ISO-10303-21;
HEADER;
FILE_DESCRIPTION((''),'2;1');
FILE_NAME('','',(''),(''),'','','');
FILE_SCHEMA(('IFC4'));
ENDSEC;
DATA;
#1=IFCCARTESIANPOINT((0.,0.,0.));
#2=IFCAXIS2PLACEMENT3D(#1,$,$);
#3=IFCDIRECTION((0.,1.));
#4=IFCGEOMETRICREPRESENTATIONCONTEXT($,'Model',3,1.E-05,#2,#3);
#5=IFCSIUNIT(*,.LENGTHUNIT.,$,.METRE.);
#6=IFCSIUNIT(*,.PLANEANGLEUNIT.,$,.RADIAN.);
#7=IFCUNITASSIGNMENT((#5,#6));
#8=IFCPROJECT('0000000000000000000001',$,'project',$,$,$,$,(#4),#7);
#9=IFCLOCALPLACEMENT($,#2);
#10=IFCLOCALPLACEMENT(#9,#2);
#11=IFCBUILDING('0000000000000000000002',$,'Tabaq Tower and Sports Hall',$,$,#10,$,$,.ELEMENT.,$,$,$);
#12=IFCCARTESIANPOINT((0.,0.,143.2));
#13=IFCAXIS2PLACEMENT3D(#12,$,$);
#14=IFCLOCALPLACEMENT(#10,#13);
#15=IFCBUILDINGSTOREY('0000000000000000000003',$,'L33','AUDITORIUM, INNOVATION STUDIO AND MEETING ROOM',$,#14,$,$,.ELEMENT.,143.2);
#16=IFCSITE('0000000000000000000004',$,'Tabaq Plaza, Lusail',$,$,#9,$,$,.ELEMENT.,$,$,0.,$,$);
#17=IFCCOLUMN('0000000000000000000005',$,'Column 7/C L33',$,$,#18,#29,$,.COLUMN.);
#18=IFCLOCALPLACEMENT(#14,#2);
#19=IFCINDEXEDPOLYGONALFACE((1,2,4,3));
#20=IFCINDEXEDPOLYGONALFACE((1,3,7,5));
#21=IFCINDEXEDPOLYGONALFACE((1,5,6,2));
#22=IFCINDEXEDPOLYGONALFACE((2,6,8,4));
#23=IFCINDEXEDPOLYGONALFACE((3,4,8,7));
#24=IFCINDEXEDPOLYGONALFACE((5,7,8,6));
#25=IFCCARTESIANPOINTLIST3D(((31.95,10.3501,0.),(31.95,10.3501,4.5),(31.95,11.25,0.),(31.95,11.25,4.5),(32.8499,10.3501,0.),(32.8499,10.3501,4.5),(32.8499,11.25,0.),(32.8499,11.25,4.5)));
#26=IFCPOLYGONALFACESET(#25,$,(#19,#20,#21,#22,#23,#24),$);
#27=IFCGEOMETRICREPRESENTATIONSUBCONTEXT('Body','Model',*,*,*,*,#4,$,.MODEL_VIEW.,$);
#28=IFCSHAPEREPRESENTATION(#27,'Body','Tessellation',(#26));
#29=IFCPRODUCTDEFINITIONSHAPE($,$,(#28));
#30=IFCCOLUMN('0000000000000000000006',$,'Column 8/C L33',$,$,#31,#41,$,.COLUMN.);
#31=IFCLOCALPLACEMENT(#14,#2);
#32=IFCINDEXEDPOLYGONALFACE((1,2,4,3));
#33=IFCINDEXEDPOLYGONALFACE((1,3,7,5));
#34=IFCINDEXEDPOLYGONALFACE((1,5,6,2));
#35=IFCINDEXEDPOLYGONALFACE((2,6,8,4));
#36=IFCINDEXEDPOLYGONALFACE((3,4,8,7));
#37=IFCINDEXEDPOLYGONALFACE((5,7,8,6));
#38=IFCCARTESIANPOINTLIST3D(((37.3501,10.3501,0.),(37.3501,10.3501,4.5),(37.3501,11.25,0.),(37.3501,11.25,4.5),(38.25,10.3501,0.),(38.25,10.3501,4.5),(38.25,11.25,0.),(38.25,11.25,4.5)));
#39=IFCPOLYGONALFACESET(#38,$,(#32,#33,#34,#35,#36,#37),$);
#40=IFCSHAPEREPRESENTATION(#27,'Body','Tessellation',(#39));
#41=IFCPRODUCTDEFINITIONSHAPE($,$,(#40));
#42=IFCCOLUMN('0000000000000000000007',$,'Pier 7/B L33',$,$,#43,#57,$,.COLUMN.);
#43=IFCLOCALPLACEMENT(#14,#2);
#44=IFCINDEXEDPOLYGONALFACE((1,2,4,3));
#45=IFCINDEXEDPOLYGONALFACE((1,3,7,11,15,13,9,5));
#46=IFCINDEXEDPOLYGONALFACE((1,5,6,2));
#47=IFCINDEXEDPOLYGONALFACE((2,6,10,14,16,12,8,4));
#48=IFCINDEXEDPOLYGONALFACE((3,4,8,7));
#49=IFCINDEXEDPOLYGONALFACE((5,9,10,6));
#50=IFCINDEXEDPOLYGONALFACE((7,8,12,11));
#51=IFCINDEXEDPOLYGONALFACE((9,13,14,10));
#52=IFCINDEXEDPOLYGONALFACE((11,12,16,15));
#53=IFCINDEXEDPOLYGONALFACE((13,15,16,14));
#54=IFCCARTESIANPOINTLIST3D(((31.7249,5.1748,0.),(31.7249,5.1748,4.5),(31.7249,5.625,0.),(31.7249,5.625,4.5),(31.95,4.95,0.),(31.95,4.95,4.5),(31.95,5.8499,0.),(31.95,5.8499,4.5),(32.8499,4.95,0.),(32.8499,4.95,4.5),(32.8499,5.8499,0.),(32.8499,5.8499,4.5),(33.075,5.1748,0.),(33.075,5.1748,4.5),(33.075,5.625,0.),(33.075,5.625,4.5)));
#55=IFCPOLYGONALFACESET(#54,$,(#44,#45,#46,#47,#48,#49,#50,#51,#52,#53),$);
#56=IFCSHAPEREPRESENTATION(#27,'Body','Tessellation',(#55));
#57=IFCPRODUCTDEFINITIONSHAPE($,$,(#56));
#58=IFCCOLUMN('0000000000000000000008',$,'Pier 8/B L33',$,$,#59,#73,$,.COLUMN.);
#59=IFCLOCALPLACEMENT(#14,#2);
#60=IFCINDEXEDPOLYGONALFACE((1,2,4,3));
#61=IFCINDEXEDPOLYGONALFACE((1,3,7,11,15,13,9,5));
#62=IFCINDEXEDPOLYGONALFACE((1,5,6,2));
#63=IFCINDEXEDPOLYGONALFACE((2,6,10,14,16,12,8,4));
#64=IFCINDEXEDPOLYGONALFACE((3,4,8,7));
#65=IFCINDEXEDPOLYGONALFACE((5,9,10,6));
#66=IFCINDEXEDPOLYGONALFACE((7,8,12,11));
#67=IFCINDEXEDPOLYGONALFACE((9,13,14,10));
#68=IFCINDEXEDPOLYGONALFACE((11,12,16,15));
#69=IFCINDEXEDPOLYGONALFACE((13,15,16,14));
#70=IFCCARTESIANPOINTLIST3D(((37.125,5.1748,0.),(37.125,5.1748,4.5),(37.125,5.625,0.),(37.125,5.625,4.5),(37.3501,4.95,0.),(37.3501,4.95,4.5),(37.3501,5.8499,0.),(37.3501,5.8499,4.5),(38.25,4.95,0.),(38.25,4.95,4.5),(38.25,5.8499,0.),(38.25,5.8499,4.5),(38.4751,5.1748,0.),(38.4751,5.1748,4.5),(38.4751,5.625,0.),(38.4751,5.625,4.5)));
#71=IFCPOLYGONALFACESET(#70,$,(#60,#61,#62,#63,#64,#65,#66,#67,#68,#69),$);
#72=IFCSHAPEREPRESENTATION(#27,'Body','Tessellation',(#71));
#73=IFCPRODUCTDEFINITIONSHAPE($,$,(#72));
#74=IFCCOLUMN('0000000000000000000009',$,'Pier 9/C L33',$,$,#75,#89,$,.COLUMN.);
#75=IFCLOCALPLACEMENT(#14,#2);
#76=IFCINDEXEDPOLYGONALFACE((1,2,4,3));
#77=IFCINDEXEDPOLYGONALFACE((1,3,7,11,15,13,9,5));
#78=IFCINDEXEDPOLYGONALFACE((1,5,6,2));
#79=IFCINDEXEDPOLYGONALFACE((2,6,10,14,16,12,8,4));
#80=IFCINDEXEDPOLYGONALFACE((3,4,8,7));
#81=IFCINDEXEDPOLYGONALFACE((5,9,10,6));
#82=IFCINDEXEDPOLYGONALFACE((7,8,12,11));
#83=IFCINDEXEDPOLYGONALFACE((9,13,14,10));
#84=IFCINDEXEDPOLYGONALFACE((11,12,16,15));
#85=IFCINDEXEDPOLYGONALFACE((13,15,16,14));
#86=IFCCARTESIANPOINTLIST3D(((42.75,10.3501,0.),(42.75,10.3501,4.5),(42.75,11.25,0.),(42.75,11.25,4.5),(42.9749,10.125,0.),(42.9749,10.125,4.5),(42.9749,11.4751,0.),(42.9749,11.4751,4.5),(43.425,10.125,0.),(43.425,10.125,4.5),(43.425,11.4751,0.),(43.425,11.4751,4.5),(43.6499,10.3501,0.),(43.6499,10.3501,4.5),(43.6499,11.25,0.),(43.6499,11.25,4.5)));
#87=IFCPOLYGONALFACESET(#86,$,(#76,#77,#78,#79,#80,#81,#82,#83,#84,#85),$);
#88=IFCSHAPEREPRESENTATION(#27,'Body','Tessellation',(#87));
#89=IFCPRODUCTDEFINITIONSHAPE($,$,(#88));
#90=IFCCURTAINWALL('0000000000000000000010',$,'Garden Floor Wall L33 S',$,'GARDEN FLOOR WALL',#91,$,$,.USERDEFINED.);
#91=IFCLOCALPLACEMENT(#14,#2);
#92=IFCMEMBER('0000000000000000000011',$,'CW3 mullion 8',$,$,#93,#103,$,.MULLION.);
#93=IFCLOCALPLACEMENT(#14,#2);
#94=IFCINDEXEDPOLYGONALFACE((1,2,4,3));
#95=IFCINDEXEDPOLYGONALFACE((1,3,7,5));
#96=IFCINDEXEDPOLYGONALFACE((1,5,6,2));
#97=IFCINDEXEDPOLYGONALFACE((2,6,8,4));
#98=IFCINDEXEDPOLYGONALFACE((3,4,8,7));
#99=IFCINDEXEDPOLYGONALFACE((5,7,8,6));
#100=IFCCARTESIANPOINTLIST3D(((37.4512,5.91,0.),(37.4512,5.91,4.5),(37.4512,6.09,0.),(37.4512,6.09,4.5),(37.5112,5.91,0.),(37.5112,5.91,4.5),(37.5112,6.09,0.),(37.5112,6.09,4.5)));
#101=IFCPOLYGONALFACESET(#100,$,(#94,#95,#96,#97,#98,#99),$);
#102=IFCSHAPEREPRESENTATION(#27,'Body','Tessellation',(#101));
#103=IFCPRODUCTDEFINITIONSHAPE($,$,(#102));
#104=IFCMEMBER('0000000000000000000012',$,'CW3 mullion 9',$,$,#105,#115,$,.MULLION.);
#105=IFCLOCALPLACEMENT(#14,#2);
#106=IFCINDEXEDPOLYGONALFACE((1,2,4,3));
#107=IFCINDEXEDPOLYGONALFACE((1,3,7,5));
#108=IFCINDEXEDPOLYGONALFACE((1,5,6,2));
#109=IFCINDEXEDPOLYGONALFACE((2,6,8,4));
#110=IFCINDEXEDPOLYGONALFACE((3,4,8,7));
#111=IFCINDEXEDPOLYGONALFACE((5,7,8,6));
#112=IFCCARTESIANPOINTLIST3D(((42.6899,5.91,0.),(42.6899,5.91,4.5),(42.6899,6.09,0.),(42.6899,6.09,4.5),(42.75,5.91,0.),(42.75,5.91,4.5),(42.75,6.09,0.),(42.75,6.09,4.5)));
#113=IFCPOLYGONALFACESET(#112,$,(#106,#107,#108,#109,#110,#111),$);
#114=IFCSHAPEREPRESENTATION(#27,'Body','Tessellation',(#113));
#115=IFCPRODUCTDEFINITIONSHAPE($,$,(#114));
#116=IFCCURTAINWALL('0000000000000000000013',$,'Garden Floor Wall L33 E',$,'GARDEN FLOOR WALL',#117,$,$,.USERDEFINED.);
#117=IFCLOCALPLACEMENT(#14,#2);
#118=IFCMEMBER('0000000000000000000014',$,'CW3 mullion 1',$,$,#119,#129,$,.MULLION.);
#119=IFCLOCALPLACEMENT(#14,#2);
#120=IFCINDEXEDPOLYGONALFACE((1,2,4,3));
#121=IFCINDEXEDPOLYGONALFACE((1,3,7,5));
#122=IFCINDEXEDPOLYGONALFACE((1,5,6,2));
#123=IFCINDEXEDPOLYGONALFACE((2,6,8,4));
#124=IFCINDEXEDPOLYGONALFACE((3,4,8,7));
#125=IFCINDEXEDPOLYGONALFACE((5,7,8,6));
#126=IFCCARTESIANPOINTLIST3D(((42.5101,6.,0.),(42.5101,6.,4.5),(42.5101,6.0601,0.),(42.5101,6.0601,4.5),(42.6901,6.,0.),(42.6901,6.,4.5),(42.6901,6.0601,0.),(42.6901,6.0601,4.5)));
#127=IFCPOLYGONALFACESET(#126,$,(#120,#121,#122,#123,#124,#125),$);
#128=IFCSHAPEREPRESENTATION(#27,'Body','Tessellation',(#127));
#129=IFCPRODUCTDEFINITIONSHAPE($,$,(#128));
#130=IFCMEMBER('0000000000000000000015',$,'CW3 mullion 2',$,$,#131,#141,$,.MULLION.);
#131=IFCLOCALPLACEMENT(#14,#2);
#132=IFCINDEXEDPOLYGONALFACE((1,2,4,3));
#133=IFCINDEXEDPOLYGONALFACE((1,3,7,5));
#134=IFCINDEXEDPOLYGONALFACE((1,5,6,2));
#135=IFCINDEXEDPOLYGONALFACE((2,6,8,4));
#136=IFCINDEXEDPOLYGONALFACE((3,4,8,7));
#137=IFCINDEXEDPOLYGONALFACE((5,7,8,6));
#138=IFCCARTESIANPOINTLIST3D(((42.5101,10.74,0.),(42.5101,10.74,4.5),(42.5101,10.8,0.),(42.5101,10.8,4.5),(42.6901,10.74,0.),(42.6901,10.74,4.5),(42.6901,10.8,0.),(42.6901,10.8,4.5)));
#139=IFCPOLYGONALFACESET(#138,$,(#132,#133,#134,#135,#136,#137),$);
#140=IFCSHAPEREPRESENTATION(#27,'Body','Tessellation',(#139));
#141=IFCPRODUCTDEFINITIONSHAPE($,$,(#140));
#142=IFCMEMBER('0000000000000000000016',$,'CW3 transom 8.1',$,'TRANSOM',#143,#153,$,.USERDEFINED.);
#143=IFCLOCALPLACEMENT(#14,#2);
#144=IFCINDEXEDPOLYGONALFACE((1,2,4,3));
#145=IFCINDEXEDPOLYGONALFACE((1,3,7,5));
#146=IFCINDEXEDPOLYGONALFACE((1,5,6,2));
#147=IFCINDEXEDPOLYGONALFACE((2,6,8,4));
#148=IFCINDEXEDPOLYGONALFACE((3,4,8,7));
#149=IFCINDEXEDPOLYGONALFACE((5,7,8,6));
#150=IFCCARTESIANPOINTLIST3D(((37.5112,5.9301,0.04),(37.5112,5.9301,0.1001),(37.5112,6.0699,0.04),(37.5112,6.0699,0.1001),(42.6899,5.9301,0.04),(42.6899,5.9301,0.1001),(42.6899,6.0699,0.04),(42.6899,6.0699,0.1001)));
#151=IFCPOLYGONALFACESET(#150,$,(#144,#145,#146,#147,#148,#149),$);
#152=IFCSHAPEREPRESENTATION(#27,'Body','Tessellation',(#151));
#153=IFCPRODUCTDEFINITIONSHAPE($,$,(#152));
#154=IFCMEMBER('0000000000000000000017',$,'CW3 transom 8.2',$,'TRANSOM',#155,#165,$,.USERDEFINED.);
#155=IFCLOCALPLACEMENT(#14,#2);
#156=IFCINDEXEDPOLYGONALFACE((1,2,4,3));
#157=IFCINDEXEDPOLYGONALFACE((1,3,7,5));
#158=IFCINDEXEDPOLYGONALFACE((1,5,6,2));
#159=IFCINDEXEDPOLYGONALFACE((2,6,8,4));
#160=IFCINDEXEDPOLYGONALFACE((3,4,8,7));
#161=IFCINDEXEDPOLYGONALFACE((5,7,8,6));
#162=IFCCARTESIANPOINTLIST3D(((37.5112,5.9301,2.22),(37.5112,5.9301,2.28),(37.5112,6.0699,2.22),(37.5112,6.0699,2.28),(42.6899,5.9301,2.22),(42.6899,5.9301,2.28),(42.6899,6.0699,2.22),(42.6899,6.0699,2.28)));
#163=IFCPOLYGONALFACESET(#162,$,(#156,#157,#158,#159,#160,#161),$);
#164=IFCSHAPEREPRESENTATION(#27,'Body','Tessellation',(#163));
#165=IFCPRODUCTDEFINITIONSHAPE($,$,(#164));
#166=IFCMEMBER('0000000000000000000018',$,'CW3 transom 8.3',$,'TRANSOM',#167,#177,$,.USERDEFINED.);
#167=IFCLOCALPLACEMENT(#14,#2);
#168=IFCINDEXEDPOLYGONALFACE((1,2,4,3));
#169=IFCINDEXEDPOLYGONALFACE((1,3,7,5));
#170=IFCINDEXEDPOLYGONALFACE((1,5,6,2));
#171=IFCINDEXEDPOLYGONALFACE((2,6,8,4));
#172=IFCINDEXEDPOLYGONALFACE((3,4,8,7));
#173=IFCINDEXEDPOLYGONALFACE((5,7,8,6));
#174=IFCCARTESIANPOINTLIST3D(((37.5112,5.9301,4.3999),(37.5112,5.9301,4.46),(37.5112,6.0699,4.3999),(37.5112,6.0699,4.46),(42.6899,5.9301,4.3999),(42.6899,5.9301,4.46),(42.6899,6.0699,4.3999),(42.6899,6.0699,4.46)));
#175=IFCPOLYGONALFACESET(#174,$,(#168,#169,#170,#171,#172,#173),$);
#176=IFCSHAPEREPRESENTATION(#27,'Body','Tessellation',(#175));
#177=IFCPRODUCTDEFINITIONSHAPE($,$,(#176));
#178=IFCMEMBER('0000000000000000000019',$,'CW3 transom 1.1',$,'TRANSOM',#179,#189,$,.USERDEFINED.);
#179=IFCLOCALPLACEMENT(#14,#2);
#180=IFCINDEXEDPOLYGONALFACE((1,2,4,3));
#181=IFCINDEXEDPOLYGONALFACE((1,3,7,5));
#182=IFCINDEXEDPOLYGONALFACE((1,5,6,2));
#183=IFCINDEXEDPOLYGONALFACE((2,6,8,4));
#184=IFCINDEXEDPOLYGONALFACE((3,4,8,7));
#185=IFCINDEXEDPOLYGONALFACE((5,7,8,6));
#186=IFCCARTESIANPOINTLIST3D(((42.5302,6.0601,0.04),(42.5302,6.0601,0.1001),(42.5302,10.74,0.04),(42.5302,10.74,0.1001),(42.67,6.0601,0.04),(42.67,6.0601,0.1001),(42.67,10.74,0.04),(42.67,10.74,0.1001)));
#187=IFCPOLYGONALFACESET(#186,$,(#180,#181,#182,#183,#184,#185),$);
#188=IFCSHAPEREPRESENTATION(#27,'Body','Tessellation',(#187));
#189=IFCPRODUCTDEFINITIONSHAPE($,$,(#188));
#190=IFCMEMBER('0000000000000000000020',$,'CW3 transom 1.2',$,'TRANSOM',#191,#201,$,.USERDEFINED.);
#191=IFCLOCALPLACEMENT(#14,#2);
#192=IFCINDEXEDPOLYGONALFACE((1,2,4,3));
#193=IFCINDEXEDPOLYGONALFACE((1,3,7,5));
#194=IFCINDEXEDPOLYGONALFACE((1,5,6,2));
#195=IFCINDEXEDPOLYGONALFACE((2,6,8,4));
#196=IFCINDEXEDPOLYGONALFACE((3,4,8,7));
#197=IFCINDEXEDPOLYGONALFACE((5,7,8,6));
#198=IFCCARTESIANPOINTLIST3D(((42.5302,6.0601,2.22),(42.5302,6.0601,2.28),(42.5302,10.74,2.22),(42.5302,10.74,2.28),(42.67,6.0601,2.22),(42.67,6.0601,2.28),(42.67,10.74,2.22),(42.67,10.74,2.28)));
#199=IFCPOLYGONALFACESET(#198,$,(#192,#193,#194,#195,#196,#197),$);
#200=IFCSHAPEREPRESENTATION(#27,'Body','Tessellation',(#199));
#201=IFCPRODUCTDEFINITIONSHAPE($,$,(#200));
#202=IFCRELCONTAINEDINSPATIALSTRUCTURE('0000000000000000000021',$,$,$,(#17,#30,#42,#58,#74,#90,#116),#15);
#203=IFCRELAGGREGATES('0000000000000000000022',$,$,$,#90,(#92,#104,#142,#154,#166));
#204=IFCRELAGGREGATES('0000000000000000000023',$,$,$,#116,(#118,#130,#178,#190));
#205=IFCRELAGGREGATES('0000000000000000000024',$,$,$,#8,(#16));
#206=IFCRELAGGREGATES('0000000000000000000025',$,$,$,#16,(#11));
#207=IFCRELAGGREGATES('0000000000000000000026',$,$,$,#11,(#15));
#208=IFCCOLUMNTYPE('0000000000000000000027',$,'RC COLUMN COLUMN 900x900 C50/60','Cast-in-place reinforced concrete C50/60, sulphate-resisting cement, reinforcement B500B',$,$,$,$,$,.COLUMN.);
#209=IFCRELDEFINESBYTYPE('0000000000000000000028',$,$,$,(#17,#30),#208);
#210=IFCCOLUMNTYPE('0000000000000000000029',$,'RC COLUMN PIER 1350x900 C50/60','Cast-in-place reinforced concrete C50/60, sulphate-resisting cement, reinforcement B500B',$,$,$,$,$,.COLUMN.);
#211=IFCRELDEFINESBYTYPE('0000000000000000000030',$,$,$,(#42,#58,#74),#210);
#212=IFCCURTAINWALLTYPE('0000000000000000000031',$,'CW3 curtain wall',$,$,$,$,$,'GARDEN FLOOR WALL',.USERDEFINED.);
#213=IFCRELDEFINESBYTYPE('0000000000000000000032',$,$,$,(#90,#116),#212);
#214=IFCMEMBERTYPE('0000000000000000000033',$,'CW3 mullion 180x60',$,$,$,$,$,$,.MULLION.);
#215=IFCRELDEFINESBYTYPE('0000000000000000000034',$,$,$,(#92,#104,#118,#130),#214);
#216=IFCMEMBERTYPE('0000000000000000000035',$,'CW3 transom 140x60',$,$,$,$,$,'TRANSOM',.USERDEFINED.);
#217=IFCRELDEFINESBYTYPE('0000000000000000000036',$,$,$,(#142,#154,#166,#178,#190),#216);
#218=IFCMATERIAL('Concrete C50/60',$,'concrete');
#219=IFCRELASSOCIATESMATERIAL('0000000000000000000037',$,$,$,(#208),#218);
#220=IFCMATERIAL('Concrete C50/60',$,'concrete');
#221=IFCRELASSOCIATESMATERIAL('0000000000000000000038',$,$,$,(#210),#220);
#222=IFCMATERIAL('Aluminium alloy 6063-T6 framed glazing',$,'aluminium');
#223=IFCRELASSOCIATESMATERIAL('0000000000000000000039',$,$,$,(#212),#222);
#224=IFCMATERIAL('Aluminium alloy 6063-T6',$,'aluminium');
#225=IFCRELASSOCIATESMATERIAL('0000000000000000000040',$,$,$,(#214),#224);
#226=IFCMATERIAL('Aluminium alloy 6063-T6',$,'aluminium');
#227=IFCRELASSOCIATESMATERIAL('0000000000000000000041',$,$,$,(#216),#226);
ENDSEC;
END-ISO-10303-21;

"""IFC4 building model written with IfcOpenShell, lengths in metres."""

from ifc_helpers import new_model, si_unit, direction, frame, origin, origin_2d, place, context, subcontext, project, spatial, polyline, rectangle, outline, extrude, material, material_profile, profile_set, type_object, element, aggregate, save


model = new_model("IFC4")

# Units and contexts
model_context = context("Model", 3, precision=1e-05, world=origin(), true_north=direction((0.0, 1.0)))
body_context = subcontext(model_context, "Body", "Model", "MODEL_VIEW")
ifc_project = project(units=[si_unit("LENGTHUNIT", "METRE"), si_unit("PLANEANGLEUNIT", "RADIAN")], contexts=[model_context])

# Site, building, storey
site_placement = place(None, origin())
site = spatial("IfcSite", under=ifc_project, at=site_placement, Name="Tabaq Plaza, Lusail", CompositionType="ELEMENT", RefElevation=0.0)
building_placement = place(site_placement, origin())
building = spatial("IfcBuilding", under=site, at=building_placement, Name="Tabaq Tower and Sports Hall", CompositionType="ELEMENT")
storey_placement = place(building_placement, frame((0.0, 0.0, 143.2)))
storey = spatial("IfcBuildingStorey", under=building, at=storey_placement, Name="L33", Description="AUDITORIUM, INNOVATION STUDIO AND MEETING ROOM", CompositionType="ELEMENT", Elevation=143.2)

# Columns
ifc_material_1 = material(Name="Concrete C50/60", Category="concrete")
ifc_material_profile_1 = material_profile(ifc_material_1, rectangle(XDim=0.8999, YDim=0.8999, at=origin_2d()), Name="COLUMN 900x900")
ifc_profile_set_1 = profile_set([ifc_material_profile_1], Name="Concrete C50/60")
column_type_1 = type_object("IfcColumnType", Name="RC COLUMN COLUMN 900x900 C50/60", Description="Cast-in-place reinforced concrete C50/60, sulphate-resisting cement, reinforcement B500B", PredefinedType="COLUMN", material=ifc_profile_set_1)
for number, where, z_axis, x_axis, name in (
    (1, (32.3999, 10.8, 0.0), (0.0, 0.0, 1.0), (1.0, 0.0, 0.0), "Column 7/C L33"),
    (2, (37.8, 10.8, 0.0), (0.0, 0.0, 1.0), (1.0, 0.0, 0.0), "Column 8/C L33"),
):
    element("IfcColumn", number, at=place(storey_placement, frame(where, z_axis=z_axis, x_axis=x_axis)), inside=storey, type_object=column_type_1, Name=name, PredefinedType="COLUMN", context=body_context, shape_type="SweptSolid", body=[
        extrude(rectangle(XDim=0.8999, YDim=0.8999, at=origin_2d()), origin(), (0.0, 0.0, 1.0), 4.5),
    ])
ifc_material_2 = material(Name="Concrete C50/60", Category="concrete")
ifc_material_profile_2 = material_profile(ifc_material_2, outline(polyline([(-0.45, -0.45), (0.45, -0.45), (0.675, -0.2251), (0.675, 0.2251), (0.45, 0.45), (-0.45, 0.45), (-0.675, 0.2251), (-0.675, -0.2251), (-0.45, -0.45)])), Name="PIER 1350x900")
ifc_profile_set_2 = profile_set([ifc_material_profile_2], Name="Concrete C50/60")
column_type_2 = type_object("IfcColumnType", Name="RC COLUMN PIER 1350x900 C50/60", Description="Cast-in-place reinforced concrete C50/60, sulphate-resisting cement, reinforcement B500B", PredefinedType="COLUMN", material=ifc_profile_set_2)
for number, where, z_axis, x_axis, name in (
    (3, (32.3999, 5.3999, 0.0), (0.0, 0.0, 1.0), (1.0, 0.0, 0.0), "Pier 7/B L33"),
    (4, (37.8, 5.3999, 0.0), (0.0, 0.0, 1.0), (1.0, 0.0, 0.0), "Pier 8/B L33"),
    (5, (43.2, 10.8, 0.0), (0.0, 0.0, 1.0), (0.0, 1.0, 0.0), "Pier 9/C L33"),
):
    element("IfcColumn", number, at=place(storey_placement, frame(where, z_axis=z_axis, x_axis=x_axis)), inside=storey, type_object=column_type_2, Name=name, PredefinedType="COLUMN", context=body_context, shape_type="SweptSolid", body=[
        extrude(outline(polyline([(-0.45, -0.45), (0.45, -0.45), (0.675, -0.2251), (0.675, 0.2251), (0.45, 0.45), (-0.45, 0.45), (-0.675, 0.2251), (-0.675, -0.2251), (-0.45, -0.45)])), origin(), (0.0, 0.0, 1.0), 4.5),
    ])

# Curtain walls, members
ifc_material_3 = material(Name="Aluminium alloy 6063-T6 framed glazing", Category="aluminium")
curtain_wall_type = type_object("IfcCurtainWallType", Name="CW3 curtain wall", ElementType="GARDEN FLOOR WALL", PredefinedType="USERDEFINED", material=ifc_material_3)
curtain_wall_1_placement = place(storey_placement, origin())
curtain_wall_1 = element("IfcCurtainWall", 6, at=curtain_wall_1_placement, inside=storey, type_object=curtain_wall_type, Name="Garden Floor Wall L33 S", ObjectType="GARDEN FLOOR WALL", PredefinedType="USERDEFINED")
ifc_material_4 = material(Name="Aluminium alloy 6063-T6", Category="aluminium")
ifc_material_profile_3 = material_profile(ifc_material_4, rectangle(XDim=0.1799, YDim=0.0601, at=origin_2d()), Name="MULLION 180x60")
ifc_profile_set_3 = profile_set([ifc_material_profile_3], Name="Aluminium alloy 6063-T6")
member_type_1 = type_object("IfcMemberType", Name="CW3 mullion 180x60", PredefinedType="MULLION", material=ifc_profile_set_3)
member_1_placement = place(storey_placement, frame((37.4812, 6.0, 0.0), z_axis=(0.0, 0.0, 1.0), x_axis=(0.0, 1.0, 0.0)))
member_1 = element("IfcMember", 7, at=member_1_placement, type_object=member_type_1, Name="CW3 mullion 8", PredefinedType="MULLION", context=body_context, shape_type="SweptSolid", body=[
    extrude(rectangle(XDim=0.1799, YDim=0.0601, at=origin_2d()), origin(), (0.0, 0.0, 1.0), 4.5),
])
member_2_placement = place(storey_placement, frame((42.72, 6.0, 0.0), z_axis=(0.0, 0.0, 1.0), x_axis=(0.0, 1.0, 0.0)))
member_2 = element("IfcMember", 8, at=member_2_placement, type_object=member_type_1, Name="CW3 mullion 9", PredefinedType="MULLION", context=body_context, shape_type="SweptSolid", body=[
    extrude(rectangle(XDim=0.1799, YDim=0.0601, at=origin_2d()), origin(), (0.0, 0.0, 1.0), 4.5),
])
curtain_wall_2_placement = place(storey_placement, origin())
curtain_wall_2 = element("IfcCurtainWall", 9, at=curtain_wall_2_placement, inside=storey, type_object=curtain_wall_type, Name="Garden Floor Wall L33 E", ObjectType="GARDEN FLOOR WALL", PredefinedType="USERDEFINED")
member_3_placement = place(storey_placement, frame((42.6001, 6.03, 0.0), z_axis=(0.0, 0.0, 1.0), x_axis=(-1.0, 0.0, 0.0)))
member_3 = element("IfcMember", 10, at=member_3_placement, type_object=member_type_1, Name="CW3 mullion 1", PredefinedType="MULLION", context=body_context, shape_type="SweptSolid", body=[
    extrude(rectangle(XDim=0.1799, YDim=0.0601, at=origin_2d()), origin(), (0.0, 0.0, 1.0), 4.5),
])
member_4_placement = place(storey_placement, frame((42.6001, 10.77, 0.0), z_axis=(0.0, 0.0, 1.0), x_axis=(-1.0, 0.0, 0.0)))
member_4 = element("IfcMember", 11, at=member_4_placement, type_object=member_type_1, Name="CW3 mullion 2", PredefinedType="MULLION", context=body_context, shape_type="SweptSolid", body=[
    extrude(rectangle(XDim=0.1799, YDim=0.0601, at=origin_2d()), origin(), (0.0, 0.0, 1.0), 4.5),
])

# Members
ifc_material_5 = material(Name="Aluminium alloy 6063-T6", Category="aluminium")
ifc_material_profile_4 = material_profile(ifc_material_5, rectangle(XDim=0.1399, YDim=0.0601, at=origin_2d()), Name="TRANSOM 140x60")
ifc_profile_set_4 = profile_set([ifc_material_profile_4], Name="Aluminium alloy 6063-T6")
member_type_2 = type_object("IfcMemberType", Name="CW3 transom 140x60", ElementType="TRANSOM", PredefinedType="USERDEFINED", material=ifc_profile_set_4)
member_5_placement = place(storey_placement, frame((37.5112, 6.0, 0.0701), z_axis=(1.0, 0.0, 0.0), x_axis=(0.0, 1.0, 0.0)))
member_5 = element("IfcMember", 12, at=member_5_placement, type_object=member_type_2, Name="CW3 transom 8.1", ObjectType="TRANSOM", PredefinedType="USERDEFINED", context=body_context, shape_type="SweptSolid", body=[
    extrude(rectangle(XDim=0.1399, YDim=0.0601, at=origin_2d()), origin(), (0.0, 0.0, 1.0), 5.1787),
])
member_6_placement = place(storey_placement, frame((37.5112, 6.0, 2.25), z_axis=(1.0, 0.0, 0.0), x_axis=(0.0, 1.0, 0.0)))
member_6 = element("IfcMember", 13, at=member_6_placement, type_object=member_type_2, Name="CW3 transom 8.2", ObjectType="TRANSOM", PredefinedType="USERDEFINED", context=body_context, shape_type="SweptSolid", body=[
    extrude(rectangle(XDim=0.1399, YDim=0.0601, at=origin_2d()), origin(), (0.0, 0.0, 1.0), 5.1787),
])
member_7_placement = place(storey_placement, frame((37.5112, 6.0, 4.4299), z_axis=(1.0, 0.0, 0.0), x_axis=(0.0, 1.0, 0.0)))
member_7 = element("IfcMember", 14, at=member_7_placement, type_object=member_type_2, Name="CW3 transom 8.3", ObjectType="TRANSOM", PredefinedType="USERDEFINED", context=body_context, shape_type="SweptSolid", body=[
    extrude(rectangle(XDim=0.1399, YDim=0.0601, at=origin_2d()), origin(), (0.0, 0.0, 1.0), 5.1787),
])
member_8_placement = place(storey_placement, frame((42.6001, 6.0601, 0.0701), z_axis=(0.0, 1.0, 0.0), x_axis=(-1.0, 0.0, 0.0)))
member_8 = element("IfcMember", 15, at=member_8_placement, type_object=member_type_2, Name="CW3 transom 1.1", ObjectType="TRANSOM", PredefinedType="USERDEFINED", context=body_context, shape_type="SweptSolid", body=[
    extrude(rectangle(XDim=0.1399, YDim=0.0601, at=origin_2d()), origin(), (0.0, 0.0, 1.0), 4.6799),
])
member_9_placement = place(storey_placement, frame((42.6001, 6.0601, 2.25), z_axis=(0.0, 1.0, 0.0), x_axis=(-1.0, 0.0, 0.0)))
member_9 = element("IfcMember", 16, at=member_9_placement, type_object=member_type_2, Name="CW3 transom 1.2", ObjectType="TRANSOM", PredefinedType="USERDEFINED", context=body_context, shape_type="SweptSolid", body=[
    extrude(rectangle(XDim=0.1399, YDim=0.0601, at=origin_2d()), origin(), (0.0, 0.0, 1.0), 4.6799),
])

aggregate(curtain_wall_1, [member_1, member_2, member_5, member_6, member_7])
aggregate(curtain_wall_2, [member_3, member_4, member_8, member_9])

save(model, "model.ifc")
